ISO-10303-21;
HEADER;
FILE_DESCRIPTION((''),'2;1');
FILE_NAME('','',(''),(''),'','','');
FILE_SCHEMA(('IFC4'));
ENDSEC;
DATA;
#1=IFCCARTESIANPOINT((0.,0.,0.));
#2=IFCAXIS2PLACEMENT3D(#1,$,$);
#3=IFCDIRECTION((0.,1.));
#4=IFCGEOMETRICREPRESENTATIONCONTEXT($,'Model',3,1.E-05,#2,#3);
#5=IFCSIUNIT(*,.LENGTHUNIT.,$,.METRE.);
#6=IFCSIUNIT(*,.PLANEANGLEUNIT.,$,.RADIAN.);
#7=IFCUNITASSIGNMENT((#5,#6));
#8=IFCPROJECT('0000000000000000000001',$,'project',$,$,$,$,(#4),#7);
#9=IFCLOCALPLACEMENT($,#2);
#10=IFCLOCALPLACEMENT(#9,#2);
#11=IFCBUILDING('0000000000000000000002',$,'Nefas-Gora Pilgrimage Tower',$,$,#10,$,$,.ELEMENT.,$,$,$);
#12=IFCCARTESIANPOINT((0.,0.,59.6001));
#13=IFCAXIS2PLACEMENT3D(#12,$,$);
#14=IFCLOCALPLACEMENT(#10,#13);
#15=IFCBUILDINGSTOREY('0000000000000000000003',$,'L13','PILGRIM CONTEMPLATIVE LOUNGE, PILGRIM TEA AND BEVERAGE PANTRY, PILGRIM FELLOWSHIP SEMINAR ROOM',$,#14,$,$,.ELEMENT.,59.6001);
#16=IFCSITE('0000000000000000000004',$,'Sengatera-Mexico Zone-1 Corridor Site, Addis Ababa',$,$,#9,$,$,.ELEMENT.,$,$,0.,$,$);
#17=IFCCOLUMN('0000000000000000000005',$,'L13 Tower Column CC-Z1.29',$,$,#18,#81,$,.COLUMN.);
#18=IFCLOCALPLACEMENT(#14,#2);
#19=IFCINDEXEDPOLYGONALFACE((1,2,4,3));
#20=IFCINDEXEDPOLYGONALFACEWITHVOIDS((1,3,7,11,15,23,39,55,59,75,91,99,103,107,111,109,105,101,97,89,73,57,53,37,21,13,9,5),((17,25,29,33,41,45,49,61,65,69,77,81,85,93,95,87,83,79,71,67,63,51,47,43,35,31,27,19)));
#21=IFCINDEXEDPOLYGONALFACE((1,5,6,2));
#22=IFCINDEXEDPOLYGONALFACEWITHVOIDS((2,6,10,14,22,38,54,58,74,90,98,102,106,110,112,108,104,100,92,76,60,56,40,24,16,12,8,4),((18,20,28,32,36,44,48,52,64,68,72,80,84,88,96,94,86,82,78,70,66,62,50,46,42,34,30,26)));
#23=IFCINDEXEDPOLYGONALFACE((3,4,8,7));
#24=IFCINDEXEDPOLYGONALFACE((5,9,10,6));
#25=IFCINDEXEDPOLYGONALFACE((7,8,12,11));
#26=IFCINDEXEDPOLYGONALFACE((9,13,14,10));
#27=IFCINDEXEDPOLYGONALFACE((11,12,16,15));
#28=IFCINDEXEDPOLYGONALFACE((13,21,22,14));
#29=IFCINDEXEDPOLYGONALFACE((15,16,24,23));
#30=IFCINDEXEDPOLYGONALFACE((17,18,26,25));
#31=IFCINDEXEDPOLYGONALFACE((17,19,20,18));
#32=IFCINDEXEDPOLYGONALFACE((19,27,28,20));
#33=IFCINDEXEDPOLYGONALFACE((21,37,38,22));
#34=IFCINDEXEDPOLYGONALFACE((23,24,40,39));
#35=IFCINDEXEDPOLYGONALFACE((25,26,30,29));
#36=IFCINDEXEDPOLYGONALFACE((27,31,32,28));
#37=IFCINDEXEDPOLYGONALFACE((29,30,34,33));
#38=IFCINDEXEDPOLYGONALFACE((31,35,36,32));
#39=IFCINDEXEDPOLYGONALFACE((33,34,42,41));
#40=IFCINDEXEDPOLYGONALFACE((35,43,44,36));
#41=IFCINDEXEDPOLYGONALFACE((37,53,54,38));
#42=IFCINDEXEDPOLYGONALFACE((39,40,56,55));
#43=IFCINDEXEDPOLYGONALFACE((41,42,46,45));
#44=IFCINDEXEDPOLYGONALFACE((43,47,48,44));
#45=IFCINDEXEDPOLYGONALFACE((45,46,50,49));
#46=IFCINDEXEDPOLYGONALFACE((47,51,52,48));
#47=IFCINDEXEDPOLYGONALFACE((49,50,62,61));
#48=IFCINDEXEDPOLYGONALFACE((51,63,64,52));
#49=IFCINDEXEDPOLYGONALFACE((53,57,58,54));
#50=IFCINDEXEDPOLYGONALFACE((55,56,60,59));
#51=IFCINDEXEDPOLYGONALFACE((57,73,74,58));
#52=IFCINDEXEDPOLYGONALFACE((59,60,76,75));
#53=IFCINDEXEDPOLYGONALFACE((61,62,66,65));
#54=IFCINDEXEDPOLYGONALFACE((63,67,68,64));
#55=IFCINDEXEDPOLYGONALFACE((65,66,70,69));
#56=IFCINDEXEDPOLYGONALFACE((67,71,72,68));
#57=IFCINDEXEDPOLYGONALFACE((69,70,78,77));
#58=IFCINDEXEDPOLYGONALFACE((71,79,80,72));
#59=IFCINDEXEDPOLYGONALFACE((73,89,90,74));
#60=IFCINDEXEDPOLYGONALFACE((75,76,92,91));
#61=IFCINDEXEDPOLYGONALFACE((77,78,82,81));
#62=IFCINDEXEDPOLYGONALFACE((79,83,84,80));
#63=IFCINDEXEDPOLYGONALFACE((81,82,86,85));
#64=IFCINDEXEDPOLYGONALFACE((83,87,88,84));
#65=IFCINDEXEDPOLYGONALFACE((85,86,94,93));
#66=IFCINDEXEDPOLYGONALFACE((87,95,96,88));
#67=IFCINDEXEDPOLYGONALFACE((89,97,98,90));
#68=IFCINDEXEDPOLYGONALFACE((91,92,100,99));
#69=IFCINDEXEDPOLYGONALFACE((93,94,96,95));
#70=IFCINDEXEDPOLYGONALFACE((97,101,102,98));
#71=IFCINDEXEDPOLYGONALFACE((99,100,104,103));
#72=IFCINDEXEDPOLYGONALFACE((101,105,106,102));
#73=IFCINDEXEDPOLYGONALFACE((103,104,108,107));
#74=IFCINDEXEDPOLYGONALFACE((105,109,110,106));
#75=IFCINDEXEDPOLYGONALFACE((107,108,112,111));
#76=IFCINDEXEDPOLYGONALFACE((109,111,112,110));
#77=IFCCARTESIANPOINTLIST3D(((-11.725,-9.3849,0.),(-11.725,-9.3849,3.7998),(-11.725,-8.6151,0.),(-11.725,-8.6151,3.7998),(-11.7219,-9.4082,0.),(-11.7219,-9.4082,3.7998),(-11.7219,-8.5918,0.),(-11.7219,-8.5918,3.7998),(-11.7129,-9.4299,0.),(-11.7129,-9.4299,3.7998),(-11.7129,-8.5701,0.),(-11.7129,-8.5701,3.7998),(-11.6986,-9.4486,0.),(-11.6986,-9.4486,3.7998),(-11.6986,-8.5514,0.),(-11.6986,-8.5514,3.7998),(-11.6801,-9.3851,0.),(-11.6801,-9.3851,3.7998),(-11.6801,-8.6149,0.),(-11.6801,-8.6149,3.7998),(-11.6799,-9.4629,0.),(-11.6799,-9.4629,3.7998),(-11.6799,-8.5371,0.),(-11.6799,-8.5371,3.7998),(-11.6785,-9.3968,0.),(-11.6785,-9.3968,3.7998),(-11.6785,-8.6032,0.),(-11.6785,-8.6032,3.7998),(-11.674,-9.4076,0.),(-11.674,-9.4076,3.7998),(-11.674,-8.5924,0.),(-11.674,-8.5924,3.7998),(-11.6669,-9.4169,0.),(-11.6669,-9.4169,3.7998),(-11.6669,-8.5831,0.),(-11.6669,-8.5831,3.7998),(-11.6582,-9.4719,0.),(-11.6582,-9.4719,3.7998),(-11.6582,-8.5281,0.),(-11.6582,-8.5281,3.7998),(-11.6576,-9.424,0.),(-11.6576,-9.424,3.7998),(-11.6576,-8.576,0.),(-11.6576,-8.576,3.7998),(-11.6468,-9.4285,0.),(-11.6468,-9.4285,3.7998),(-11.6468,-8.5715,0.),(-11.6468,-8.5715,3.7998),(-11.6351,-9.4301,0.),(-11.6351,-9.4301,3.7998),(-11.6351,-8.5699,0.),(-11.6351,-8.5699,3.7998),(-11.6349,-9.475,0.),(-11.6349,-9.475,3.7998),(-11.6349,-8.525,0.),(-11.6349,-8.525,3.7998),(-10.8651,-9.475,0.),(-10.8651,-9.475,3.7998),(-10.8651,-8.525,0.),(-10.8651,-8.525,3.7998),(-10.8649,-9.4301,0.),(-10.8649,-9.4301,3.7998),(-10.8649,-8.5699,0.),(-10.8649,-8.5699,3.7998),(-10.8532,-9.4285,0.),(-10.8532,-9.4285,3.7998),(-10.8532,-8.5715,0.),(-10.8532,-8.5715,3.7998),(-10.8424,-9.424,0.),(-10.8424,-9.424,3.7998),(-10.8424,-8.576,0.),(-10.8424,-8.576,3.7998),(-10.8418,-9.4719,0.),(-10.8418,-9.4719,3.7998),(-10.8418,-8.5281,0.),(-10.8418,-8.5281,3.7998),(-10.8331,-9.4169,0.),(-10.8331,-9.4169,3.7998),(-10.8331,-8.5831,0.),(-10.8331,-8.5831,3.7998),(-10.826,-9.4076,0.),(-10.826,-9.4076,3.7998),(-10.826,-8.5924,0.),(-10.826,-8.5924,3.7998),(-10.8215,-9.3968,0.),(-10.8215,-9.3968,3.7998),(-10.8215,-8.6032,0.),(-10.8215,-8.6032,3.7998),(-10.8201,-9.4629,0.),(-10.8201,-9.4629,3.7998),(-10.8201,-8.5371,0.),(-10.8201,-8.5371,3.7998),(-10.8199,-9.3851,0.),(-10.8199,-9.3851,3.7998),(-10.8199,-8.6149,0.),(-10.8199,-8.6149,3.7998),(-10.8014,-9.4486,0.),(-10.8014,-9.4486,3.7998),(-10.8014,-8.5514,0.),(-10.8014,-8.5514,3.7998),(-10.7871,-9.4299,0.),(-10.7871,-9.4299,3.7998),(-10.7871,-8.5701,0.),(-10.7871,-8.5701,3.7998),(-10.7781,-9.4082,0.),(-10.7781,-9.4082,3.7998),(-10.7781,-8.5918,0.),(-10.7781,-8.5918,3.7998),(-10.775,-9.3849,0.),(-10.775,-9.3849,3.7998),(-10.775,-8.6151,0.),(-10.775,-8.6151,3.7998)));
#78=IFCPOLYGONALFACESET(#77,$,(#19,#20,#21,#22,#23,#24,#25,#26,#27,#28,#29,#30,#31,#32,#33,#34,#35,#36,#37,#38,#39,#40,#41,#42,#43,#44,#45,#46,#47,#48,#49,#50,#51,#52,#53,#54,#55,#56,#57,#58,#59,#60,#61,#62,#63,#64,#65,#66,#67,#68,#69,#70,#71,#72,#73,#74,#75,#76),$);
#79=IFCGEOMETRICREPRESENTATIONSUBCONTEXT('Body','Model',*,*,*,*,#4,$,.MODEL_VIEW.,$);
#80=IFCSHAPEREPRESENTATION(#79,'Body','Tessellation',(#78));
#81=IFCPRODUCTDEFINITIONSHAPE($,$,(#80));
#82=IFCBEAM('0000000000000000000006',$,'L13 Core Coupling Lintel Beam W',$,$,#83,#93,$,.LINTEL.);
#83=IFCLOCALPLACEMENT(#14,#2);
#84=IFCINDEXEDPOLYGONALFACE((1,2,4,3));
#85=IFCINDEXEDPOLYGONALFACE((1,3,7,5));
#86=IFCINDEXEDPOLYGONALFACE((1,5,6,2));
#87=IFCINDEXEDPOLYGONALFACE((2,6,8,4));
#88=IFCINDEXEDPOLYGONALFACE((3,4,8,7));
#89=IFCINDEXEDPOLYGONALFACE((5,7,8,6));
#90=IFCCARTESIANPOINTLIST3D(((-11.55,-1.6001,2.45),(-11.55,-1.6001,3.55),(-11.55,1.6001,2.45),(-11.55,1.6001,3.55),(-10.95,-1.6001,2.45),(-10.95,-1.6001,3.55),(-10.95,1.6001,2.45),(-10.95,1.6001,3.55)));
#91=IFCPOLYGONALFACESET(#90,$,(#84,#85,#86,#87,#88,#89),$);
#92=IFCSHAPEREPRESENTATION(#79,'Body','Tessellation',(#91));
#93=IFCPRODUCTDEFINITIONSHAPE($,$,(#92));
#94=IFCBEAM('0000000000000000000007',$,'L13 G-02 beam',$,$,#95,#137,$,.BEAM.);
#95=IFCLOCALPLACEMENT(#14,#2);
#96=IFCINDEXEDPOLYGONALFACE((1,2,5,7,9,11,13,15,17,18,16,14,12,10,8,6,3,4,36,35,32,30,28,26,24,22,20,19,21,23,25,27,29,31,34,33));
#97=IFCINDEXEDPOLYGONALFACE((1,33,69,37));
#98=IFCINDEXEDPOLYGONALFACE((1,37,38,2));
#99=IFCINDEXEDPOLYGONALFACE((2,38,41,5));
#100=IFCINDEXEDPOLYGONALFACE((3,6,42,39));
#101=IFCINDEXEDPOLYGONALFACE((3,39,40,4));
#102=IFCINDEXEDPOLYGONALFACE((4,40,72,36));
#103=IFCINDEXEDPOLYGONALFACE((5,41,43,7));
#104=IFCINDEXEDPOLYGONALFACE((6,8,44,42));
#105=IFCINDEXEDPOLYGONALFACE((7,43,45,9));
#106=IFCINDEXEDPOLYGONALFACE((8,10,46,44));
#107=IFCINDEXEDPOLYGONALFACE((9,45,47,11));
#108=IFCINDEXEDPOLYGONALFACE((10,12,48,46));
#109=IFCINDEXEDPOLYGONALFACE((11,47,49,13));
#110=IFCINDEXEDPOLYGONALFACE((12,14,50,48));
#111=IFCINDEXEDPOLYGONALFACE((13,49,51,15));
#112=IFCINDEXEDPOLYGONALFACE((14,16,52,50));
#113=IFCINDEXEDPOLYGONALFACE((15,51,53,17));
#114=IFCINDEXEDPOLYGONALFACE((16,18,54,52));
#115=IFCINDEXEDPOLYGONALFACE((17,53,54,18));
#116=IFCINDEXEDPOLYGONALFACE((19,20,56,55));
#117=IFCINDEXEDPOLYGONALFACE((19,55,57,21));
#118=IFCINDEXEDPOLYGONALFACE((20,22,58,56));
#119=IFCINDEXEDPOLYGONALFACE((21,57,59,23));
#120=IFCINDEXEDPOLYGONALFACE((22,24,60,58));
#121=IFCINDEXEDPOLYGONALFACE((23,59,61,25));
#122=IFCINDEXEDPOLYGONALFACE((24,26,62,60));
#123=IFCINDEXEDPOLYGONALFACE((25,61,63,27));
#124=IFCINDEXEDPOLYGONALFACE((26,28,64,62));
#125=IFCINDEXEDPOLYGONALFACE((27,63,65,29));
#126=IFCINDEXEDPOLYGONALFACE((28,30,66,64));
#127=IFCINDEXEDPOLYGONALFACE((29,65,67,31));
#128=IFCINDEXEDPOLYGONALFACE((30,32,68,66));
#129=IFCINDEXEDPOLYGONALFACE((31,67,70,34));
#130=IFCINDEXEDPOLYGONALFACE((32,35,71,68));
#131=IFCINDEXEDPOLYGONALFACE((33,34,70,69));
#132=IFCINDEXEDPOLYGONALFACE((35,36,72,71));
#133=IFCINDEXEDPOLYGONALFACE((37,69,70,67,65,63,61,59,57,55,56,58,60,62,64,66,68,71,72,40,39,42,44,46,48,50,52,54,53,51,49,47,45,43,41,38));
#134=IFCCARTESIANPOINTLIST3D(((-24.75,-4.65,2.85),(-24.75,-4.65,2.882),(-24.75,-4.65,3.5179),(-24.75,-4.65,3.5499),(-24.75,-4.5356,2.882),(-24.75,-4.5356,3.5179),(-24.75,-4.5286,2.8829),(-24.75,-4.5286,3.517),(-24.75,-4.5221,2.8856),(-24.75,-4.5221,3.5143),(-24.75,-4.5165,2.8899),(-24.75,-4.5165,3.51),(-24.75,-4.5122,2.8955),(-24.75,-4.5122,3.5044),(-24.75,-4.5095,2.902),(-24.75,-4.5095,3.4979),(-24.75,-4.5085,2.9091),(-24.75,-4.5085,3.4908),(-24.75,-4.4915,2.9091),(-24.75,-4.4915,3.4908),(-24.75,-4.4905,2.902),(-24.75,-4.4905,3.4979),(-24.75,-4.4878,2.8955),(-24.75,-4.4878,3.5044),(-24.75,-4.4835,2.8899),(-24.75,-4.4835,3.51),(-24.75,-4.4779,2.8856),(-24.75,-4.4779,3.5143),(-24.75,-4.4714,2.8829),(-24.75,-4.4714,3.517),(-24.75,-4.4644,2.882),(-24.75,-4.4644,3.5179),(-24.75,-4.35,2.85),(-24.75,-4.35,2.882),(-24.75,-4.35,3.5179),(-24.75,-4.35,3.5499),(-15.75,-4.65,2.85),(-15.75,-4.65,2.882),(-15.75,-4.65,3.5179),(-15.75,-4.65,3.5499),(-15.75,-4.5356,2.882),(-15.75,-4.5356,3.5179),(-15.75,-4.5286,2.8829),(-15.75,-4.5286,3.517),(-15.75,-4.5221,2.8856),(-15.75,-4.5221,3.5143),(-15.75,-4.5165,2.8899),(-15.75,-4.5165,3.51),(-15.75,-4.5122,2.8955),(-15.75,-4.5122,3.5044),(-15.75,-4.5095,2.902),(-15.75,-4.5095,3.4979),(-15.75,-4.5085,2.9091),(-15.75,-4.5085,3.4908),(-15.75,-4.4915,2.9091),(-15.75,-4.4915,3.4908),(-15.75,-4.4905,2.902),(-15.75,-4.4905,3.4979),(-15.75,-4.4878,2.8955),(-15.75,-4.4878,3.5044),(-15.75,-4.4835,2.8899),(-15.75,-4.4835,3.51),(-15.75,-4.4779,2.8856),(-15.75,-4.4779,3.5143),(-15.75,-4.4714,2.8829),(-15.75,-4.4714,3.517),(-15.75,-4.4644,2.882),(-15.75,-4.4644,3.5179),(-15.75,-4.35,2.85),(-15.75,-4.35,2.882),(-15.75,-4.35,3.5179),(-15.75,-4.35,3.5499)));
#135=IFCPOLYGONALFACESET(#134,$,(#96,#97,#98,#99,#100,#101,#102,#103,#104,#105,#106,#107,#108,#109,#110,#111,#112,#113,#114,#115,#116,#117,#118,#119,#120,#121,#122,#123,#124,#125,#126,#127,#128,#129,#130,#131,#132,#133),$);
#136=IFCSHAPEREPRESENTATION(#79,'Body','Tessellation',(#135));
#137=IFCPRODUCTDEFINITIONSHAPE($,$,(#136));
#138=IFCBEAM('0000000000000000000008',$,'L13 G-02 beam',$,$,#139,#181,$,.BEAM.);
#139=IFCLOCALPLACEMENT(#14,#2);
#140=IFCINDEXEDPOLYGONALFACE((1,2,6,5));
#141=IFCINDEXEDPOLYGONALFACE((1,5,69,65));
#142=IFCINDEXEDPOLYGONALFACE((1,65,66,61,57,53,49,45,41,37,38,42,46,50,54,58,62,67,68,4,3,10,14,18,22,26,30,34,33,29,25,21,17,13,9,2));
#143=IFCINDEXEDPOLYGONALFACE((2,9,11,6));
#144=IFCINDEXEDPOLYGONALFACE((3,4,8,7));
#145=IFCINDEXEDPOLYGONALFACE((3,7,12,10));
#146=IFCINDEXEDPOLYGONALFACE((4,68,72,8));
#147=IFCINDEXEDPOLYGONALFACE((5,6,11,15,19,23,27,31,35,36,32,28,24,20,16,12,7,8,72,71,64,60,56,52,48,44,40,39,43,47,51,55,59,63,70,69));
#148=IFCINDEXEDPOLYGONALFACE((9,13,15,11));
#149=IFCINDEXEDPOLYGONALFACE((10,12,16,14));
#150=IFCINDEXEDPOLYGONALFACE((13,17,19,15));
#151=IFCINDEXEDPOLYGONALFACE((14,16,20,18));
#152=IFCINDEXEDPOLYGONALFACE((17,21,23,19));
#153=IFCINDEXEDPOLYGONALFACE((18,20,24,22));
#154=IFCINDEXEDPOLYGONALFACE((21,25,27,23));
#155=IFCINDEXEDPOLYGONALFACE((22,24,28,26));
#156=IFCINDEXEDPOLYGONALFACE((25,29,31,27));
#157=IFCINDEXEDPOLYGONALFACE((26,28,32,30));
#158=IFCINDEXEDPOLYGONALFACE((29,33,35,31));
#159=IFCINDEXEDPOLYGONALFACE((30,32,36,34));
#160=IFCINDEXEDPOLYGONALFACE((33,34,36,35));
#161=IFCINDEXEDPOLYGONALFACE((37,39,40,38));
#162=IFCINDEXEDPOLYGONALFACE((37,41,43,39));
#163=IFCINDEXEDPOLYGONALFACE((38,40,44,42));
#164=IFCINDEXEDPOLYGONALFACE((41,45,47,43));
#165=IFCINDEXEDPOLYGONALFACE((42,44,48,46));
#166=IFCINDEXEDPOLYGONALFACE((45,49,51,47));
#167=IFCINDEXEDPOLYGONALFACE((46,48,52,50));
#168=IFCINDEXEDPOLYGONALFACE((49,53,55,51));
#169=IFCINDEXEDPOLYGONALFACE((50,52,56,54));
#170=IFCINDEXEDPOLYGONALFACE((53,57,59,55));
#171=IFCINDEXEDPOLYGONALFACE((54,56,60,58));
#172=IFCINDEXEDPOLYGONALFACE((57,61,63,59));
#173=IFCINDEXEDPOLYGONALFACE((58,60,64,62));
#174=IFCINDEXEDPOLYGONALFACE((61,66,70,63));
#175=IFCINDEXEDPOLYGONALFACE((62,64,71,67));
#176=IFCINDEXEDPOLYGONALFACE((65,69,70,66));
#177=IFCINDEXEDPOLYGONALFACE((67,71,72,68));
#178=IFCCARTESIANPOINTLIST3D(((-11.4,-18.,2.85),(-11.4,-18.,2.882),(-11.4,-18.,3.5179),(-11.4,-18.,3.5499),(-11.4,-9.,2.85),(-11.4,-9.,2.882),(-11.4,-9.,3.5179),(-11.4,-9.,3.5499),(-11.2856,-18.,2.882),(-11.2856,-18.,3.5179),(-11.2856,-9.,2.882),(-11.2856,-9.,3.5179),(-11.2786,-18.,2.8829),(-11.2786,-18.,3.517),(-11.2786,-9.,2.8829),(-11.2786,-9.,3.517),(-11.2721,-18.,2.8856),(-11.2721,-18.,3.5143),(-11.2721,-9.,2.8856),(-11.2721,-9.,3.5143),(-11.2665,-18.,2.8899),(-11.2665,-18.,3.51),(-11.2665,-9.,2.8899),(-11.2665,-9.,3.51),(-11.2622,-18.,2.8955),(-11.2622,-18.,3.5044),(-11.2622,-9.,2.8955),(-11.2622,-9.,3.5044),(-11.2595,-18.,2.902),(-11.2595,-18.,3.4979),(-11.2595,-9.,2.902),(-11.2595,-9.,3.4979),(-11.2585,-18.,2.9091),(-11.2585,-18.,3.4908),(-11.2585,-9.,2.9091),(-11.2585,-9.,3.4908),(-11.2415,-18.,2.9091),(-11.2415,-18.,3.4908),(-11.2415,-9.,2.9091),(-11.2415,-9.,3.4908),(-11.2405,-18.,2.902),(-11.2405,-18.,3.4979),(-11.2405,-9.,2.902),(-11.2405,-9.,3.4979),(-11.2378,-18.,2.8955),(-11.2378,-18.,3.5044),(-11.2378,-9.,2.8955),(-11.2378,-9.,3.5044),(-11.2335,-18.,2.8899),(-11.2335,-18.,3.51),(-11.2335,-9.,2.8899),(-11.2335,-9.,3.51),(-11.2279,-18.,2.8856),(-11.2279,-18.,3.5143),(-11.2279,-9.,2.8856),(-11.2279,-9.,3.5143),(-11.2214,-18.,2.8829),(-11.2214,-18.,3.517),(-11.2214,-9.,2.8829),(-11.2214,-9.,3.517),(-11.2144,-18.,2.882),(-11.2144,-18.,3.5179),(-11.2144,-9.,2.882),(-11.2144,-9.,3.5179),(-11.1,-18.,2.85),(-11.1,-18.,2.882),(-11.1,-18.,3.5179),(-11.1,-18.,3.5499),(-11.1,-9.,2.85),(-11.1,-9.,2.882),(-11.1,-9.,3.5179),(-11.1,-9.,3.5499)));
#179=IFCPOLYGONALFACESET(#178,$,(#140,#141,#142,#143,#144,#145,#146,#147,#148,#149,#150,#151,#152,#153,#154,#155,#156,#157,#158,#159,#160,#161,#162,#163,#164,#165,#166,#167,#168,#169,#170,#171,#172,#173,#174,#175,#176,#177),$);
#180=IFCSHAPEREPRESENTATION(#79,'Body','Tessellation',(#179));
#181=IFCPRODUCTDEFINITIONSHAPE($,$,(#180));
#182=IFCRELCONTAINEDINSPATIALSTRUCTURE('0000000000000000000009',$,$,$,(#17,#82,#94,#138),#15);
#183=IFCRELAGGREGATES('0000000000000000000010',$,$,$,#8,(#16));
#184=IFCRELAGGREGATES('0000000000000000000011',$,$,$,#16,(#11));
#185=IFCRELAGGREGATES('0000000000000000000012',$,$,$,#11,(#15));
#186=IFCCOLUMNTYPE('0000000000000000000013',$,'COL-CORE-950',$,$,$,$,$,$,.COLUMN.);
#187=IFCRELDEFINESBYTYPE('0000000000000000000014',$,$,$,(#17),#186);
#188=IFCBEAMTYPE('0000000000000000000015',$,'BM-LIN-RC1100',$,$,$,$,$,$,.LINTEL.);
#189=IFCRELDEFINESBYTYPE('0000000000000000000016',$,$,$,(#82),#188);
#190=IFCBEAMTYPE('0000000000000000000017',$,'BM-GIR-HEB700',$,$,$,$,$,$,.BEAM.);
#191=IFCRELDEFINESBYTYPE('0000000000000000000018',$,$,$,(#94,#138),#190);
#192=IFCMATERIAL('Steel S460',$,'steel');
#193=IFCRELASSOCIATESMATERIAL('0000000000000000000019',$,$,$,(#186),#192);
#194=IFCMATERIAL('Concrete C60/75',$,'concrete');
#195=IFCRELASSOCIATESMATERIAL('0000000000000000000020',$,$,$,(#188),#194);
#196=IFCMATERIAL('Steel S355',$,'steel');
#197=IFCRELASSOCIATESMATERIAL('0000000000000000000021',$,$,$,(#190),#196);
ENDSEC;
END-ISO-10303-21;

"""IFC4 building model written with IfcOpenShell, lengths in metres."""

from ifc_helpers import new_model, si_unit, direction, frame, origin, origin_2d, place, context, subcontext, project, spatial, rectangle, hollow_rectangle, i_section, extrude, source, transform, mapped, material, material_profile, profile_set, type_object, element, save


model = new_model("IFC4")

# Units and contexts
model_context = context("Model", 3, precision=1e-05, world=origin(), true_north=direction((0.0, 1.0)))
body_context = subcontext(model_context, "Body", "Model", "MODEL_VIEW")
ifc_project = project(units=[si_unit("LENGTHUNIT", "METRE"), si_unit("PLANEANGLEUNIT", "RADIAN")], contexts=[model_context])

# Site, building, storey
site_placement = place(None, origin())
site = spatial("IfcSite", under=ifc_project, at=site_placement, Name="Sengatera-Mexico Zone-1 Corridor Site, Addis Ababa", CompositionType="ELEMENT", RefElevation=0.0)
building_placement = place(site_placement, origin())
building = spatial("IfcBuilding", under=site, at=building_placement, Name="Nefas-Gora Pilgrimage Tower", CompositionType="ELEMENT")
storey_placement = place(building_placement, frame((0.0, 0.0, 59.6001)))
storey = spatial("IfcBuildingStorey", under=building, at=storey_placement, Name="L13", Description="PILGRIM CONTEMPLATIVE LOUNGE, PILGRIM TEA AND BEVERAGE PANTRY, PILGRIM FELLOWSHIP SEMINAR ROOM", CompositionType="ELEMENT", Elevation=59.6001)

# Column
ifc_material_1 = material(Name="Steel S460", Category="steel")
ifc_material_profile_1 = material_profile(ifc_material_1, hollow_rectangle(XDim=0.95, YDim=0.95, WallThickness=0.0449, InnerFilletRadius=0.0449, OuterFilletRadius=0.0901, at=origin_2d()), Name="BOX 950x950x45")
ifc_profile_set_1 = profile_set([ifc_material_profile_1], Name="Steel S460")
column_type_1 = type_object("IfcColumnType", Name="COL-CORE-950", PredefinedType="COLUMN", material=ifc_profile_set_1)
shared_shape_1 = source(origin(), body_context, "Body", "SweptSolid", [
    extrude(hollow_rectangle(XDim=0.95, YDim=0.95, WallThickness=0.0449, InnerFilletRadius=0.0449, OuterFilletRadius=0.0901, at=origin_2d()), origin(), (0.0, 0.0, 1.0), 3.7998),
])
column_1_placement = place(storey_placement, frame((-11.25, -9.0, 0.0), z_axis=(0.0, 0.0, 1.0), x_axis=(1.0, 0.0, 0.0)))
element("IfcColumn", 1, at=column_1_placement, inside=storey, type_object=column_type_1, Name="L13 Tower Column CC-Z1.29", PredefinedType="COLUMN", context=body_context, shape_type="MappedRepresentation", body=[
    mapped(shared_shape_1, transform((0.0, 0.0, 0.0), x_axis=(1.0, 0.0, 0.0), y_axis=(0.0, 1.0, 0.0), z_axis=(0.0, 0.0, 1.0), scale=1.0)),
])

# Beams
ifc_material_2 = material(Name="Concrete C60/75", Category="concrete")
ifc_material_profile_2 = material_profile(ifc_material_2, rectangle(XDim=0.6001, YDim=1.1001, at=origin_2d()), Name="RC 600x1100")
ifc_profile_set_2 = profile_set([ifc_material_profile_2], Name="Concrete C60/75")
beam_type_1 = type_object("IfcBeamType", Name="BM-LIN-RC1100", PredefinedType="LINTEL", material=ifc_profile_set_2)
shared_shape_2 = source(origin(), body_context, "Body", "SweptSolid", [
    extrude(rectangle(XDim=0.6001, YDim=1.1001, at=origin_2d()), origin(), (0.0, 0.0, 1.0), 3.2002),
])
beam_placement = place(storey_placement, frame((-11.25, -1.6001, 3.0), z_axis=(0.0, 1.0, 0.0), x_axis=(-1.0, 0.0, 0.0)))
element("IfcBeam", 2, at=beam_placement, inside=storey, type_object=beam_type_1, Name="L13 Core Coupling Lintel Beam W", PredefinedType="LINTEL", context=body_context, shape_type="MappedRepresentation", body=[
    mapped(shared_shape_2, transform((0.0, 0.0, 0.0), x_axis=(1.0, 0.0, 0.0), y_axis=(0.0, 1.0, 0.0), z_axis=(0.0, 0.0, 1.0), scale=1.0)),
])
ifc_material_3 = material(Name="Steel S355", Category="steel")
ifc_material_profile_3 = material_profile(ifc_material_3, i_section(OverallWidth=0.3, OverallDepth=0.7, WebThickness=0.0171, FlangeThickness=0.032, FilletRadius=0.0271, at=origin_2d()), Name="HEB 700")
ifc_profile_set_3 = profile_set([ifc_material_profile_3], Name="Steel S355")
beam_type_2 = type_object("IfcBeamType", Name="BM-GIR-HEB700", PredefinedType="BEAM", material=ifc_profile_set_3)
shared_shape_3 = source(origin(), body_context, "Body", "SweptSolid", [
    extrude(i_section(OverallWidth=0.3, OverallDepth=0.7, WebThickness=0.0171, FlangeThickness=0.032, FilletRadius=0.0271, at=origin_2d()), origin(), (0.0, 0.0, 1.0), 9.0),
])
for number, where, z_axis, x_axis, name in (
    (3, (-24.75, -4.5, 3.2), (1.0, 0.0, 0.0), (0.0, 1.0, 0.0), "L13 G-02 beam"),
    (4, (-11.25, -18.0, 3.2), (0.0, 1.0, 0.0), (-1.0, 0.0, 0.0), "L13 G-02 beam"),
):
    element("IfcBeam", number, at=place(storey_placement, frame(where, z_axis=z_axis, x_axis=x_axis)), inside=storey, type_object=beam_type_2, Name=name, PredefinedType="BEAM", context=body_context, shape_type="MappedRepresentation", body=[
        mapped(shared_shape_3, transform((0.0, 0.0, 0.0), x_axis=(1.0, 0.0, 0.0), y_axis=(0.0, 1.0, 0.0), z_axis=(0.0, 0.0, 1.0), scale=1.0)),
    ])

save(model, "model.ifc")
